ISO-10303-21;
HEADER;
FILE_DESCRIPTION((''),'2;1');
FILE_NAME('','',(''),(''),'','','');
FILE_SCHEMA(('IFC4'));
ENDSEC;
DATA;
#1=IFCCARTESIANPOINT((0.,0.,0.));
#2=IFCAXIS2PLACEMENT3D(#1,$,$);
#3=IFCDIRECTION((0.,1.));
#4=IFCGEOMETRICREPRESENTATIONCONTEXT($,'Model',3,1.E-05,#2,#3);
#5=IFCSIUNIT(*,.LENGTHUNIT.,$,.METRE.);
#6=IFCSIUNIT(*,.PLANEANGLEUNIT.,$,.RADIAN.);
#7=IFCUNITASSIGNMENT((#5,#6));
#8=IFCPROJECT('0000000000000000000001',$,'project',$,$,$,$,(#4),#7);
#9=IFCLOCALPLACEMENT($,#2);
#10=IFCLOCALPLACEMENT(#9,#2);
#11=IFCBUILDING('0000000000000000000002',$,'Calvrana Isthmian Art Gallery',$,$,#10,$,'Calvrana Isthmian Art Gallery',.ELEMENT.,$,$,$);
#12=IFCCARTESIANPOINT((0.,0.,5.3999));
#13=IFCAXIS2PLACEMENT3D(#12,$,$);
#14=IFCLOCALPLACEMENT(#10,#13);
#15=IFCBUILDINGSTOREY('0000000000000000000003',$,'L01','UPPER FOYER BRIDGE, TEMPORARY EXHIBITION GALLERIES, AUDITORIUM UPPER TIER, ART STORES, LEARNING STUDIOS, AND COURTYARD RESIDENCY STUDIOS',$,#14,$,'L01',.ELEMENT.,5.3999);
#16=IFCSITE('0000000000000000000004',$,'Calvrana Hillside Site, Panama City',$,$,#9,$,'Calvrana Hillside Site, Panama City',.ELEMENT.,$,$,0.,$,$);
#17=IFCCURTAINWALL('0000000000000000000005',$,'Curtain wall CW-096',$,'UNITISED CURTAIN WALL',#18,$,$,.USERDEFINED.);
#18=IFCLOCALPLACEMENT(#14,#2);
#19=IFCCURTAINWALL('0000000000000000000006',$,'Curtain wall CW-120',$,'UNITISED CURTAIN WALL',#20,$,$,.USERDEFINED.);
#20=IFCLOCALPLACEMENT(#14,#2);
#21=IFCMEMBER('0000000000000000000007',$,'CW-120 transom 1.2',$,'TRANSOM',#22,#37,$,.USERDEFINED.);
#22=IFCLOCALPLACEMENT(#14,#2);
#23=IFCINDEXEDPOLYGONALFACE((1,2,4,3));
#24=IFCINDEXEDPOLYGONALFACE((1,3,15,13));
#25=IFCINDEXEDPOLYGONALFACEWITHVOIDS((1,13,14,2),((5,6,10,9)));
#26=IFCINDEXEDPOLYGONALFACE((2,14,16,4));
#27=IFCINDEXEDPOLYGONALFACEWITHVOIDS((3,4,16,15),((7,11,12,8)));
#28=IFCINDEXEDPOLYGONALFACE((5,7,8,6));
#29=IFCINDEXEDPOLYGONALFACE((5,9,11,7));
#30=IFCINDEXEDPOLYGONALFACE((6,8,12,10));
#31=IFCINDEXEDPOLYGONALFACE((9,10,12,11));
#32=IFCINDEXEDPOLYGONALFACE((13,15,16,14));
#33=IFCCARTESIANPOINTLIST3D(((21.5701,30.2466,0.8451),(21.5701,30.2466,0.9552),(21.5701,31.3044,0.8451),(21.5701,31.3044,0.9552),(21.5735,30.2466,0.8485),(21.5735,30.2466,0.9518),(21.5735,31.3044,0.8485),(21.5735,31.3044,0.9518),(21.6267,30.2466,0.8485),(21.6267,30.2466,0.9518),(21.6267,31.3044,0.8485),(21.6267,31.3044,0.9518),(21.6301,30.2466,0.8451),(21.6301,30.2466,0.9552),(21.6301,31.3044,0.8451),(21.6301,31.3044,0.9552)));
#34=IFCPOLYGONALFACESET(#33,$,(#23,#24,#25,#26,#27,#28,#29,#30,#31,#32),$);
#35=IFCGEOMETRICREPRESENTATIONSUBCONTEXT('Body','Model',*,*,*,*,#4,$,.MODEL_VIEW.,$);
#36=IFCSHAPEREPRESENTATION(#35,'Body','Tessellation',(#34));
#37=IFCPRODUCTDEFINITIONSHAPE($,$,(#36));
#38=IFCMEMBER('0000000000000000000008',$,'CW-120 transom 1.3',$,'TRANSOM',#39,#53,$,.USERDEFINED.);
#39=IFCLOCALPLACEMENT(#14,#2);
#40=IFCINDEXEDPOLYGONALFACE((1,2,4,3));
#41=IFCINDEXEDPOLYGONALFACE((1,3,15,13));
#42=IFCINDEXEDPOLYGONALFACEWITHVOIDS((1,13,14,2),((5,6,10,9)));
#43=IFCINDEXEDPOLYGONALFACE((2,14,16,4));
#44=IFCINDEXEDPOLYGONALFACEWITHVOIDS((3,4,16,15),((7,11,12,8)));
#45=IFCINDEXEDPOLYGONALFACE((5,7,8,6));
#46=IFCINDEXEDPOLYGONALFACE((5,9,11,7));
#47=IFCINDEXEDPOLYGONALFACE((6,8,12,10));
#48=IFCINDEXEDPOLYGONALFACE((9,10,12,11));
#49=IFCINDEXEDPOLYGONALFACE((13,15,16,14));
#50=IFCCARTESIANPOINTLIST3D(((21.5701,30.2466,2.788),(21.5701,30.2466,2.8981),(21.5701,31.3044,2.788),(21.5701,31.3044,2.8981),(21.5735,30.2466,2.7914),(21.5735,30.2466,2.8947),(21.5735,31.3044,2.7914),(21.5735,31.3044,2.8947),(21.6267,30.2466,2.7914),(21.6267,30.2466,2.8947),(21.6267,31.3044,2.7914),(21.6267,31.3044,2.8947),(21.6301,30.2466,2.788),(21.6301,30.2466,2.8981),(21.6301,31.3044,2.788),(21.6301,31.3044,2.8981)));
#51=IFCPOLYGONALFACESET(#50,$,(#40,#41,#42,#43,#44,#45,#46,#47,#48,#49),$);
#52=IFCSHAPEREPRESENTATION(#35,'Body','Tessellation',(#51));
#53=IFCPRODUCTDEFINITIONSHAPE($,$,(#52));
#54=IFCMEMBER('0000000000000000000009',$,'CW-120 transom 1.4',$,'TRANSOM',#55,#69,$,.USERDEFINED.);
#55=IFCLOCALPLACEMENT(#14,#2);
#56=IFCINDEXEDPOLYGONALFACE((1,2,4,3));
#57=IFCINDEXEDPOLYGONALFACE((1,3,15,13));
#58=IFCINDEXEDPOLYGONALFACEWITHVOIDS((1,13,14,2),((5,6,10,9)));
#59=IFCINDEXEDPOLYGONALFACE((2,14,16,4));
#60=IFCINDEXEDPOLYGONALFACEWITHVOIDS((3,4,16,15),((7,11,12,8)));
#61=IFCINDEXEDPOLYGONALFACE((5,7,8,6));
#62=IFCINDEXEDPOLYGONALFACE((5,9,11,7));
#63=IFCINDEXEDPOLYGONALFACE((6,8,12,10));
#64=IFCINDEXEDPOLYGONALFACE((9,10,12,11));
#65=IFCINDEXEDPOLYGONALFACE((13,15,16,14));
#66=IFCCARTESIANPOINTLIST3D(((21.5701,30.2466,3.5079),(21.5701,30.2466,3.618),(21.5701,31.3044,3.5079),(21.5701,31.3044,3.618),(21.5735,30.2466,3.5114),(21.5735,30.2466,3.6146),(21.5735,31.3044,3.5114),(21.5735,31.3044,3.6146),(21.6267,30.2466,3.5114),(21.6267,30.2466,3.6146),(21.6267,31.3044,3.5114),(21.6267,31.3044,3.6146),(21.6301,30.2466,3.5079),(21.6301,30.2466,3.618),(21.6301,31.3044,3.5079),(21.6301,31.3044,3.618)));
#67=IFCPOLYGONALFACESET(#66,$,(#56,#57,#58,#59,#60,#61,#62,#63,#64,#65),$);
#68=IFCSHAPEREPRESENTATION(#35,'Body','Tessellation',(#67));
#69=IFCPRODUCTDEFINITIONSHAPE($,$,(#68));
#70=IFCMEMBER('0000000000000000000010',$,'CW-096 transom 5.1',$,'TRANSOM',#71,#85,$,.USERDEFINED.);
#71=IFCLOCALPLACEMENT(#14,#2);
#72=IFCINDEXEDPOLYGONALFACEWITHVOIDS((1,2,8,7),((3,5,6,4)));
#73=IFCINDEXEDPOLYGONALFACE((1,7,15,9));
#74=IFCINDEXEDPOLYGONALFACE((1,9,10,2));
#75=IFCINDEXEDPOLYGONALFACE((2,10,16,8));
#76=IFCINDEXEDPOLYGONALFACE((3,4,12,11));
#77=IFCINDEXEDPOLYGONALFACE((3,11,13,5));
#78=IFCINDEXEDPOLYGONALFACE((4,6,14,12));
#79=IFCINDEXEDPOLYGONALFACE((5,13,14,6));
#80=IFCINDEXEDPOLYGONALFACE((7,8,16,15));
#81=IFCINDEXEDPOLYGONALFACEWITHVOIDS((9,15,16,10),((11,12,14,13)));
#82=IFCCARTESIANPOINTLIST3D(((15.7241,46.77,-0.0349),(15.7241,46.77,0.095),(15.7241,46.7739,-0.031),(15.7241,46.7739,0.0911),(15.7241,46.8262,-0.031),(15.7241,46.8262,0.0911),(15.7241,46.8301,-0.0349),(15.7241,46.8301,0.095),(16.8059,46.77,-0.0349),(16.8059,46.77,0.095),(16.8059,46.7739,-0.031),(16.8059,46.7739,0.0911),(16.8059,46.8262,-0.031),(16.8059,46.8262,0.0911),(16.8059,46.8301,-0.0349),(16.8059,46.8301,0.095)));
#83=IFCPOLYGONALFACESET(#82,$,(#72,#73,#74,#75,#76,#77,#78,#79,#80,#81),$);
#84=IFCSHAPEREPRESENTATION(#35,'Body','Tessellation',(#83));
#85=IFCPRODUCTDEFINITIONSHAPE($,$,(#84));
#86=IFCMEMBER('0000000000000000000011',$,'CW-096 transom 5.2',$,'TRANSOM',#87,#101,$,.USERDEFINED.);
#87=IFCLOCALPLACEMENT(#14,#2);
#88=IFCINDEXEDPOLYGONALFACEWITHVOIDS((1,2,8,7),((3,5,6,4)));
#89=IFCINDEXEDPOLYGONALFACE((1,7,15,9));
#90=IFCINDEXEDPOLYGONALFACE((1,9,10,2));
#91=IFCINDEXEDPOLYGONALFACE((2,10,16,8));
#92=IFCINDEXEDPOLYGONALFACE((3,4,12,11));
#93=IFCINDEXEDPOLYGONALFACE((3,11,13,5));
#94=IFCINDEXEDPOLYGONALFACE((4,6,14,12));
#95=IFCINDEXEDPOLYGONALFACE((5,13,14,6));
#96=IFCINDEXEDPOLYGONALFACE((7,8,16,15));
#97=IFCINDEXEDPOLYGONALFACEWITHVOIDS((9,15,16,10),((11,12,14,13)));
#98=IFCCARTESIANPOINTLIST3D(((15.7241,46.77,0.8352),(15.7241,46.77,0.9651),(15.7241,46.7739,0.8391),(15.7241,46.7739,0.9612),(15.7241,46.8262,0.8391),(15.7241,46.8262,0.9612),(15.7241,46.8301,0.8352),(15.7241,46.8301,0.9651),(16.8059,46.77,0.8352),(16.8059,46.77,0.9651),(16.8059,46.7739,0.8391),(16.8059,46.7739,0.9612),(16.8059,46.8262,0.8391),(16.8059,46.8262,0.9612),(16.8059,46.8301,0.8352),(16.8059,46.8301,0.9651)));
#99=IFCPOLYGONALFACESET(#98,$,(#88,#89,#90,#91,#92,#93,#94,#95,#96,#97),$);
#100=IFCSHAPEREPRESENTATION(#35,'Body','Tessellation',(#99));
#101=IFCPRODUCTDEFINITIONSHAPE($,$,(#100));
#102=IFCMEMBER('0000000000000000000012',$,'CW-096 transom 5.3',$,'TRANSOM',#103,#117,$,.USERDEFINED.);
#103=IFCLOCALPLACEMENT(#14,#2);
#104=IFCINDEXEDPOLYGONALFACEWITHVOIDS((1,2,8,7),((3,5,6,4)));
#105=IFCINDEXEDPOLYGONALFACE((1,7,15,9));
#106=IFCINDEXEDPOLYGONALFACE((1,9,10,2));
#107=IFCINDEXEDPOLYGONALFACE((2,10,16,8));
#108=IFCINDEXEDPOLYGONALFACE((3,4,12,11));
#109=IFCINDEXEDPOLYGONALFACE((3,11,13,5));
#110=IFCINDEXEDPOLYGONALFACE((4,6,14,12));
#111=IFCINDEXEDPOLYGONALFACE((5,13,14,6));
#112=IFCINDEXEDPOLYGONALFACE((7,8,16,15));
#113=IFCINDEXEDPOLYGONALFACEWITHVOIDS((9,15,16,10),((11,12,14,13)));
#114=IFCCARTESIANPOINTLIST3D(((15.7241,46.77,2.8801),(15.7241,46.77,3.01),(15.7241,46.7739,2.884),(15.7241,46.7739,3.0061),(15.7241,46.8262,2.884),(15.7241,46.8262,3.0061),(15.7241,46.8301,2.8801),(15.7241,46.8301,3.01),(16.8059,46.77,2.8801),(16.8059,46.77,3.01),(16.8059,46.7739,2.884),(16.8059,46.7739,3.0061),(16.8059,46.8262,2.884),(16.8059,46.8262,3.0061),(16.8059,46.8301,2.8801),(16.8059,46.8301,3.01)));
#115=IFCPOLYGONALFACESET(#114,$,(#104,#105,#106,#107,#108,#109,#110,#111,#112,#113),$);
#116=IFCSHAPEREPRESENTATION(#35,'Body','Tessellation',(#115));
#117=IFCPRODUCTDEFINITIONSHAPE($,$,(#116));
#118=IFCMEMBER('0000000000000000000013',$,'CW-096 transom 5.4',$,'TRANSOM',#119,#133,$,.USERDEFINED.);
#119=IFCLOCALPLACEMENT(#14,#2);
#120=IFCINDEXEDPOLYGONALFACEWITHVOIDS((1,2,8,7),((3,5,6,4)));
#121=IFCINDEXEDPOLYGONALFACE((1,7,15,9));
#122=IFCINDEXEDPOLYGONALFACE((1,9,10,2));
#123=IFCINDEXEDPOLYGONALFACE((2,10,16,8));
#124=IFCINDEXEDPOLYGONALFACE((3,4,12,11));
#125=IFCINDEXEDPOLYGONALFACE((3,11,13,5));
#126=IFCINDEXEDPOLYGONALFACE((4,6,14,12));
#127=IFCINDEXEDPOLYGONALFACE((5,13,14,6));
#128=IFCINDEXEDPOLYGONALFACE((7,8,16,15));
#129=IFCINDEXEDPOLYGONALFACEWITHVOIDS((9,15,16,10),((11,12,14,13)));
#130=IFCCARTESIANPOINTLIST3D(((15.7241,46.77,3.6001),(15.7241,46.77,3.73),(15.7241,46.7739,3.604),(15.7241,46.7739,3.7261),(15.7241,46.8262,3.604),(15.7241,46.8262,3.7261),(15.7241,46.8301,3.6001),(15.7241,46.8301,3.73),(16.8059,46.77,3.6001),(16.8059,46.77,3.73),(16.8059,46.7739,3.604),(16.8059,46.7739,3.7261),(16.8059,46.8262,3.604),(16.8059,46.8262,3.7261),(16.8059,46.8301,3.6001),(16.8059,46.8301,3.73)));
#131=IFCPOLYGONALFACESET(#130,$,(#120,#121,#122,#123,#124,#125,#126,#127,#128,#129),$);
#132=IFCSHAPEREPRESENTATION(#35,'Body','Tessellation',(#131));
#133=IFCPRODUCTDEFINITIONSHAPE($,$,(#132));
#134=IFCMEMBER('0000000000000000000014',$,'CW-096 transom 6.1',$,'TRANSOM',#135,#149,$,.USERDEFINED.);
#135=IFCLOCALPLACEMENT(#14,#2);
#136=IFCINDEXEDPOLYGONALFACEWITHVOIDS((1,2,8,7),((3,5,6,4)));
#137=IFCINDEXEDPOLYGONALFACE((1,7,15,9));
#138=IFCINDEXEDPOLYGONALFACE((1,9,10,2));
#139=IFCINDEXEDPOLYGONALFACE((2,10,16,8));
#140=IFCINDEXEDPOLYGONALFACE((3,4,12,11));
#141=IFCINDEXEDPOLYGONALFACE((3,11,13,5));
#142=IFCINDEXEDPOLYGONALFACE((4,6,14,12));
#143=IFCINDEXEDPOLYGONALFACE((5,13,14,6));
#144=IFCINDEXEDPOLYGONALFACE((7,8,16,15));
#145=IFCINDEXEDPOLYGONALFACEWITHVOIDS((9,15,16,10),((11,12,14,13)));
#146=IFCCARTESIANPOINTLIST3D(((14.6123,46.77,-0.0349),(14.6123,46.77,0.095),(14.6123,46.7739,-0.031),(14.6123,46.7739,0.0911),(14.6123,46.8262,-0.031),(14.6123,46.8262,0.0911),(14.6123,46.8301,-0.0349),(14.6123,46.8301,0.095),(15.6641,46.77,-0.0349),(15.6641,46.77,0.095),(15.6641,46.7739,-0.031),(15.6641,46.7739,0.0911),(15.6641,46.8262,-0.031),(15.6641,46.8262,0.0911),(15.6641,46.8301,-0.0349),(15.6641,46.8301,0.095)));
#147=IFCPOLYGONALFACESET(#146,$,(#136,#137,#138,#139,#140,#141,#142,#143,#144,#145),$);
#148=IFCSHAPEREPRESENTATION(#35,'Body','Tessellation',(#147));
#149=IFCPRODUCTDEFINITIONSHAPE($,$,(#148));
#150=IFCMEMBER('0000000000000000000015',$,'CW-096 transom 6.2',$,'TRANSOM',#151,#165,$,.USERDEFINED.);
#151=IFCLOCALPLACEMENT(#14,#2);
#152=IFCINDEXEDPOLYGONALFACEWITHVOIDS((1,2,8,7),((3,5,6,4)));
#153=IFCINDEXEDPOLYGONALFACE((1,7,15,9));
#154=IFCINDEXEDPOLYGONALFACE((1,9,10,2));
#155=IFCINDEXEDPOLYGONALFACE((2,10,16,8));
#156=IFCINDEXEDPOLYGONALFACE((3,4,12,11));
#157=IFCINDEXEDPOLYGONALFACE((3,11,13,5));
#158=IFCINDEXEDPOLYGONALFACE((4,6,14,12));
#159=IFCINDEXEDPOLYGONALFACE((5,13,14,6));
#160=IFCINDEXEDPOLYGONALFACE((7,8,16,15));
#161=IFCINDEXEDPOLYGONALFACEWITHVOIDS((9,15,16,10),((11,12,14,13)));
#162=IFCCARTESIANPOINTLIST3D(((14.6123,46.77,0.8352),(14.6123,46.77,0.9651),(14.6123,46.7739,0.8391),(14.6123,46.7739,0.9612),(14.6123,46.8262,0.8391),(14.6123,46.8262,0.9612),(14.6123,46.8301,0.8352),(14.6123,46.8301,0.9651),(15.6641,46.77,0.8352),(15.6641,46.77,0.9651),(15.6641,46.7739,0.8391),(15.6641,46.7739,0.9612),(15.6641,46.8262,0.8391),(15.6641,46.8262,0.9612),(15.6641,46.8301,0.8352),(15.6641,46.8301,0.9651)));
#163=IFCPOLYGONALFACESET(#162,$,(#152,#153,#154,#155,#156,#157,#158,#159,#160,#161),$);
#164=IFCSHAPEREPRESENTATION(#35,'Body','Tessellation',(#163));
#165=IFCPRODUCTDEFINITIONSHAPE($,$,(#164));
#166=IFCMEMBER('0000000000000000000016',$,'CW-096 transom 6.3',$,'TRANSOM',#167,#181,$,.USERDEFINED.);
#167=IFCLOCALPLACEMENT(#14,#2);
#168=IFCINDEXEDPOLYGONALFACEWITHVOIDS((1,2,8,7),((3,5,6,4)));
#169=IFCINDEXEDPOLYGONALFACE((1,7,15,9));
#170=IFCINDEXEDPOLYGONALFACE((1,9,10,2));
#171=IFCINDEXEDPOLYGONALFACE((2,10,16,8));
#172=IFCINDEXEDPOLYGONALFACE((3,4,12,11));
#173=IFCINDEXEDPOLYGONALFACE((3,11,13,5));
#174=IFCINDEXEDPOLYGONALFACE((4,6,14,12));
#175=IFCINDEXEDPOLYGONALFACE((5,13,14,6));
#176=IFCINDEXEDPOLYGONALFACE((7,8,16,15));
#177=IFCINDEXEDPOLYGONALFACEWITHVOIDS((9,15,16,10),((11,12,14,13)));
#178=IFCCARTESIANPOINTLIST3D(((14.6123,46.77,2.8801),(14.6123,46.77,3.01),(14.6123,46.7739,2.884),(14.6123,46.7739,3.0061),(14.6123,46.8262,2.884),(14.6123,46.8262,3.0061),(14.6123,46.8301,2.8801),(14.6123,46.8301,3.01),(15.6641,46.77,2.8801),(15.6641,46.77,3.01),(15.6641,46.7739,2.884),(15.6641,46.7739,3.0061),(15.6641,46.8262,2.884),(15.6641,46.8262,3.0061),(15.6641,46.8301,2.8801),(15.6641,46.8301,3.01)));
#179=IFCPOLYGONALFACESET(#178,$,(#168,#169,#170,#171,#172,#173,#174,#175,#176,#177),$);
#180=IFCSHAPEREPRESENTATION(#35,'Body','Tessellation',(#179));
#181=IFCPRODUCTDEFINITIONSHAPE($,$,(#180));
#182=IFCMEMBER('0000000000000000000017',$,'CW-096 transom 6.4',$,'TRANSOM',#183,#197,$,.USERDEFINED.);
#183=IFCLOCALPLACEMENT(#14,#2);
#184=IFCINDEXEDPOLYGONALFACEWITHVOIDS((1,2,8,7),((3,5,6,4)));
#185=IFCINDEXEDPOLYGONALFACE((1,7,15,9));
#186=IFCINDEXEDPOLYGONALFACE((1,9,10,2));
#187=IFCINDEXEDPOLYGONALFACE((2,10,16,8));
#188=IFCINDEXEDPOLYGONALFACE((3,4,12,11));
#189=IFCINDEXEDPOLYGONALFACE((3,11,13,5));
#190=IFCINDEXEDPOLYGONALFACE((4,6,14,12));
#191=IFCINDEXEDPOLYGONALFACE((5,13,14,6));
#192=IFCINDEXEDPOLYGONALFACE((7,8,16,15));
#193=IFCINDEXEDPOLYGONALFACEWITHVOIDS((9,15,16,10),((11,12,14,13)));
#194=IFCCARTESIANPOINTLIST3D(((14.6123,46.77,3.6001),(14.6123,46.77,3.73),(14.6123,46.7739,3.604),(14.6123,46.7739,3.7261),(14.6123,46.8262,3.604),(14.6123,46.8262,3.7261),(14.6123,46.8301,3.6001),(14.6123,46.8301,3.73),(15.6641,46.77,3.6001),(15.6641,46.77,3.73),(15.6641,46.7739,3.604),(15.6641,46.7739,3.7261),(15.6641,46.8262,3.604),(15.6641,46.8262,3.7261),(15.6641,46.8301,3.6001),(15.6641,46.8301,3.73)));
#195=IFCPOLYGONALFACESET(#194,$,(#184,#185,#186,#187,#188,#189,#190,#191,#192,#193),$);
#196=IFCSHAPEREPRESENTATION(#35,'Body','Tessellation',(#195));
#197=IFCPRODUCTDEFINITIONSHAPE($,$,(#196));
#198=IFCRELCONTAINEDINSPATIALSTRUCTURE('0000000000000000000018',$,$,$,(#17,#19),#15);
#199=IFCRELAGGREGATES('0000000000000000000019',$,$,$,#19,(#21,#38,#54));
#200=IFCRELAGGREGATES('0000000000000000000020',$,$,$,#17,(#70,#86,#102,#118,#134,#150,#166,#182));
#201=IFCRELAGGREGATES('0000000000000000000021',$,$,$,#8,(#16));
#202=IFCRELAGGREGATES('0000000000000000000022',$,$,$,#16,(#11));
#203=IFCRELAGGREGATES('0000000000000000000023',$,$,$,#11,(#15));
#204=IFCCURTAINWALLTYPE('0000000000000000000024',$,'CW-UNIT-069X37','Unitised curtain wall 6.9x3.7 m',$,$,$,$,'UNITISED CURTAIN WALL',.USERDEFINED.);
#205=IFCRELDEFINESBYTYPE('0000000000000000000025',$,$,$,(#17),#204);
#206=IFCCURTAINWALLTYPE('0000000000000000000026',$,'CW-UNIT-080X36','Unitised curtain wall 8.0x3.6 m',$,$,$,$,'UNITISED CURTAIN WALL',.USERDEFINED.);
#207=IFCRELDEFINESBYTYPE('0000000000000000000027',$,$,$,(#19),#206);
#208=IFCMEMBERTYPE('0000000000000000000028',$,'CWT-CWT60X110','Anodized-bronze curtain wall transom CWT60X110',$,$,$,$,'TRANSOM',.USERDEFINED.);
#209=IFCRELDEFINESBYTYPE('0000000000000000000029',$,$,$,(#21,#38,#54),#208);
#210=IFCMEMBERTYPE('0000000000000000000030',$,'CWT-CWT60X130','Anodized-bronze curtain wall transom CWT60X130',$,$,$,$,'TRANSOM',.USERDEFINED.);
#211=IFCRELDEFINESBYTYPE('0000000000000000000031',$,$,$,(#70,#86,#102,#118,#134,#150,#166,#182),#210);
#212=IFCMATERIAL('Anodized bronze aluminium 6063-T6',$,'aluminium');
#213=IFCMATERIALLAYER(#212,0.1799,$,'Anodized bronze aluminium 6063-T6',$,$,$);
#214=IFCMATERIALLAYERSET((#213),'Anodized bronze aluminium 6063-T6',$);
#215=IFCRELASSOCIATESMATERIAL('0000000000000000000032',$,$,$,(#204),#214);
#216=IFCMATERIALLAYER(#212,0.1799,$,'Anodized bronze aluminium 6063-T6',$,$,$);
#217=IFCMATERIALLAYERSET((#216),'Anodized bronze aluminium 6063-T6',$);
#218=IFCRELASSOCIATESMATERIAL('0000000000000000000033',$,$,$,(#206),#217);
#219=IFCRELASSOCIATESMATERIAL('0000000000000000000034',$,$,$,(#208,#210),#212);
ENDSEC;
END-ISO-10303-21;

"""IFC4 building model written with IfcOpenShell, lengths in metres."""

from ifc_helpers import new_model, si_unit, direction, frame, origin, origin_2d, place, context, subcontext, project, spatial, hollow_rectangle, extrude, material, layer, layer_set, material_profile, profile_set, type_object, element, aggregate, save


model = new_model("IFC4")

# Units and contexts
model_context = context("Model", 3, precision=1e-05, world=origin(), true_north=direction((0.0, 1.0)))
body_context = subcontext(model_context, "Body", "Model", "MODEL_VIEW")
ifc_project = project(units=[si_unit("LENGTHUNIT", "METRE"), si_unit("PLANEANGLEUNIT", "RADIAN")], contexts=[model_context])

# Site, building, storey
site_placement = place(None, origin())
site = spatial("IfcSite", under=ifc_project, at=site_placement, Name="Calvrana Hillside Site, Panama City", LongName="Calvrana Hillside Site, Panama City", CompositionType="ELEMENT", RefElevation=0.0)
building_placement = place(site_placement, origin())
building = spatial("IfcBuilding", under=site, at=building_placement, Name="Calvrana Isthmian Art Gallery", LongName="Calvrana Isthmian Art Gallery", CompositionType="ELEMENT")
storey_placement = place(building_placement, frame((0.0, 0.0, 5.3999)))
storey = spatial("IfcBuildingStorey", under=building, at=storey_placement, Name="L01", Description="UPPER FOYER BRIDGE, TEMPORARY EXHIBITION GALLERIES, AUDITORIUM UPPER TIER, ART STORES, LEARNING STUDIOS, AND COURTYARD RESIDENCY STUDIOS", LongName="L01", CompositionType="ELEMENT", Elevation=5.3999)

# Curtain walls, members
ifc_material_1 = material(Name="Anodized bronze aluminium 6063-T6", Category="aluminium")
ifc_layer_1 = layer(ifc_material_1, 0.1799, Name="Anodized bronze aluminium 6063-T6")
ifc_layer_set_1 = layer_set([ifc_layer_1], Name="Anodized bronze aluminium 6063-T6")
curtain_wall_type_1 = type_object("IfcCurtainWallType", Name="CW-UNIT-069X37", Description="Unitised curtain wall 6.9x3.7 m", ElementType="UNITISED CURTAIN WALL", PredefinedType="USERDEFINED", material=ifc_layer_set_1)
curtain_wall_1_placement = place(storey_placement, origin())
curtain_wall_1 = element("IfcCurtainWall", 1, at=curtain_wall_1_placement, inside=storey, type_object=curtain_wall_type_1, Name="Curtain wall CW-096", ObjectType="UNITISED CURTAIN WALL", PredefinedType="USERDEFINED")
ifc_layer_2 = layer(ifc_material_1, 0.1799, Name="Anodized bronze aluminium 6063-T6")
ifc_layer_set_2 = layer_set([ifc_layer_2], Name="Anodized bronze aluminium 6063-T6")
curtain_wall_type_2 = type_object("IfcCurtainWallType", Name="CW-UNIT-080X36", Description="Unitised curtain wall 8.0x3.6 m", ElementType="UNITISED CURTAIN WALL", PredefinedType="USERDEFINED", material=ifc_layer_set_2)
curtain_wall_2_placement = place(storey_placement, origin())
curtain_wall_2 = element("IfcCurtainWall", 2, at=curtain_wall_2_placement, inside=storey, type_object=curtain_wall_type_2, Name="Curtain wall CW-120", ObjectType="UNITISED CURTAIN WALL", PredefinedType="USERDEFINED")
ifc_material_profile_1 = material_profile(ifc_material_1, hollow_rectangle(XDim=0.0601, YDim=0.1101, WallThickness=0.0034, at=origin_2d()), Name="CWT60X110")
ifc_profile_set_1 = profile_set([ifc_material_profile_1], Name="Anodized bronze aluminium 6063-T6")
member_type_1 = type_object("IfcMemberType", Name="CWT-CWT60X110", Description="Anodized-bronze curtain wall transom CWT60X110", ElementType="TRANSOM", PredefinedType="USERDEFINED", material=ifc_profile_set_1)
member_1_placement = place(storey_placement, frame((21.6001, 30.2466, 0.9001), z_axis=(0.0, 1.0, 0.0), x_axis=(-1.0, 0.0, 0.0)))
member_1 = element("IfcMember", 3, at=member_1_placement, type_object=member_type_1, Name="CW-120 transom 1.2", ObjectType="TRANSOM", PredefinedType="USERDEFINED", context=body_context, shape_type="SweptSolid", body=[
    extrude(hollow_rectangle(XDim=0.0601, YDim=0.1101, WallThickness=0.0034, at=origin_2d()), origin(), (0.0, 0.0, 1.0), 1.0579),
])
member_2_placement = place(storey_placement, frame((21.6001, 30.2466, 2.843), z_axis=(0.0, 1.0, 0.0), x_axis=(-1.0, 0.0, 0.0)))
member_2 = element("IfcMember", 4, at=member_2_placement, type_object=member_type_1, Name="CW-120 transom 1.3", ObjectType="TRANSOM", PredefinedType="USERDEFINED", context=body_context, shape_type="SweptSolid", body=[
    extrude(hollow_rectangle(XDim=0.0601, YDim=0.1101, WallThickness=0.0034, at=origin_2d()), origin(), (0.0, 0.0, 1.0), 1.0579),
])
member_3_placement = place(storey_placement, frame((21.6001, 30.2466, 3.563), z_axis=(0.0, 1.0, 0.0), x_axis=(-1.0, 0.0, 0.0)))
member_3 = element("IfcMember", 5, at=member_3_placement, type_object=member_type_1, Name="CW-120 transom 1.4", ObjectType="TRANSOM", PredefinedType="USERDEFINED", context=body_context, shape_type="SweptSolid", body=[
    extrude(hollow_rectangle(XDim=0.0601, YDim=0.1101, WallThickness=0.0034, at=origin_2d()), origin(), (0.0, 0.0, 1.0), 1.0579),
])
aggregate(curtain_wall_2, [member_1, member_2, member_3])

# Members
ifc_material_profile_2 = material_profile(ifc_material_1, hollow_rectangle(XDim=0.0601, YDim=0.1299, WallThickness=0.0039, at=origin_2d()), Name="CWT60X130")
ifc_profile_set_2 = profile_set([ifc_material_profile_2], Name="Anodized bronze aluminium 6063-T6")
member_type_2 = type_object("IfcMemberType", Name="CWT-CWT60X130", Description="Anodized-bronze curtain wall transom CWT60X130", ElementType="TRANSOM", PredefinedType="USERDEFINED", material=ifc_profile_set_2)
member_4_placement = place(storey_placement, frame((16.8059, 46.8, 0.03), z_axis=(-1.0, 0.0, 0.0), x_axis=(0.0, -1.0, 0.0)))
member_4 = element("IfcMember", 6, at=member_4_placement, type_object=member_type_2, Name="CW-096 transom 5.1", ObjectType="TRANSOM", PredefinedType="USERDEFINED", context=body_context, shape_type="SweptSolid", body=[
    extrude(hollow_rectangle(XDim=0.0601, YDim=0.1299, WallThickness=0.0039, at=origin_2d()), origin(), (0.0, 0.0, 1.0), 1.0818),
])
member_5_placement = place(storey_placement, frame((16.8059, 46.8, 0.9001), z_axis=(-1.0, 0.0, 0.0), x_axis=(0.0, -1.0, 0.0)))
member_5 = element("IfcMember", 7, at=member_5_placement, type_object=member_type_2, Name="CW-096 transom 5.2", ObjectType="TRANSOM", PredefinedType="USERDEFINED", context=body_context, shape_type="SweptSolid", body=[
    extrude(hollow_rectangle(XDim=0.0601, YDim=0.1299, WallThickness=0.0039, at=origin_2d()), origin(), (0.0, 0.0, 1.0), 1.0818),
])
member_6_placement = place(storey_placement, frame((16.8059, 46.8, 2.9451), z_axis=(-1.0, 0.0, 0.0), x_axis=(0.0, -1.0, 0.0)))
member_6 = element("IfcMember", 8, at=member_6_placement, type_object=member_type_2, Name="CW-096 transom 5.3", ObjectType="TRANSOM", PredefinedType="USERDEFINED", context=body_context, shape_type="SweptSolid", body=[
    extrude(hollow_rectangle(XDim=0.0601, YDim=0.1299, WallThickness=0.0039, at=origin_2d()), origin(), (0.0, 0.0, 1.0), 1.0818),
])
member_7_placement = place(storey_placement, frame((16.8059, 46.8, 3.665), z_axis=(-1.0, 0.0, 0.0), x_axis=(0.0, -1.0, 0.0)))
member_7 = element("IfcMember", 9, at=member_7_placement, type_object=member_type_2, Name="CW-096 transom 5.4", ObjectType="TRANSOM", PredefinedType="USERDEFINED", context=body_context, shape_type="SweptSolid", body=[
    extrude(hollow_rectangle(XDim=0.0601, YDim=0.1299, WallThickness=0.0039, at=origin_2d()), origin(), (0.0, 0.0, 1.0), 1.0818),
])
member_8_placement = place(storey_placement, frame((15.6641, 46.8, 0.03), z_axis=(-1.0, 0.0, 0.0), x_axis=(0.0, -1.0, 0.0)))
member_8 = element("IfcMember", 10, at=member_8_placement, type_object=member_type_2, Name="CW-096 transom 6.1", ObjectType="TRANSOM", PredefinedType="USERDEFINED", context=body_context, shape_type="SweptSolid", body=[
    extrude(hollow_rectangle(XDim=0.0601, YDim=0.1299, WallThickness=0.0039, at=origin_2d()), origin(), (0.0, 0.0, 1.0), 1.0518),
])
member_9_placement = place(storey_placement, frame((15.6641, 46.8, 0.9001), z_axis=(-1.0, 0.0, 0.0), x_axis=(0.0, -1.0, 0.0)))
member_9 = element("IfcMember", 11, at=member_9_placement, type_object=member_type_2, Name="CW-096 transom 6.2", ObjectType="TRANSOM", PredefinedType="USERDEFINED", context=body_context, shape_type="SweptSolid", body=[
    extrude(hollow_rectangle(XDim=0.0601, YDim=0.1299, WallThickness=0.0039, at=origin_2d()), origin(), (0.0, 0.0, 1.0), 1.0518),
])
member_10_placement = place(storey_placement, frame((15.6641, 46.8, 2.9451), z_axis=(-1.0, 0.0, 0.0), x_axis=(0.0, -1.0, 0.0)))
member_10 = element("IfcMember", 12, at=member_10_placement, type_object=member_type_2, Name="CW-096 transom 6.3", ObjectType="TRANSOM", PredefinedType="USERDEFINED", context=body_context, shape_type="SweptSolid", body=[
    extrude(hollow_rectangle(XDim=0.0601, YDim=0.1299, WallThickness=0.0039, at=origin_2d()), origin(), (0.0, 0.0, 1.0), 1.0518),
])
member_11_placement = place(storey_placement, frame((15.6641, 46.8, 3.665), z_axis=(-1.0, 0.0, 0.0), x_axis=(0.0, -1.0, 0.0)))
member_11 = element("IfcMember", 13, at=member_11_placement, type_object=member_type_2, Name="CW-096 transom 6.4", ObjectType="TRANSOM", PredefinedType="USERDEFINED", context=body_context, shape_type="SweptSolid", body=[
    extrude(hollow_rectangle(XDim=0.0601, YDim=0.1299, WallThickness=0.0039, at=origin_2d()), origin(), (0.0, 0.0, 1.0), 1.0518),
])

aggregate(curtain_wall_1, [member_4, member_5, member_6, member_7, member_8, member_9, member_10, member_11])

save(model, "model.ifc")
